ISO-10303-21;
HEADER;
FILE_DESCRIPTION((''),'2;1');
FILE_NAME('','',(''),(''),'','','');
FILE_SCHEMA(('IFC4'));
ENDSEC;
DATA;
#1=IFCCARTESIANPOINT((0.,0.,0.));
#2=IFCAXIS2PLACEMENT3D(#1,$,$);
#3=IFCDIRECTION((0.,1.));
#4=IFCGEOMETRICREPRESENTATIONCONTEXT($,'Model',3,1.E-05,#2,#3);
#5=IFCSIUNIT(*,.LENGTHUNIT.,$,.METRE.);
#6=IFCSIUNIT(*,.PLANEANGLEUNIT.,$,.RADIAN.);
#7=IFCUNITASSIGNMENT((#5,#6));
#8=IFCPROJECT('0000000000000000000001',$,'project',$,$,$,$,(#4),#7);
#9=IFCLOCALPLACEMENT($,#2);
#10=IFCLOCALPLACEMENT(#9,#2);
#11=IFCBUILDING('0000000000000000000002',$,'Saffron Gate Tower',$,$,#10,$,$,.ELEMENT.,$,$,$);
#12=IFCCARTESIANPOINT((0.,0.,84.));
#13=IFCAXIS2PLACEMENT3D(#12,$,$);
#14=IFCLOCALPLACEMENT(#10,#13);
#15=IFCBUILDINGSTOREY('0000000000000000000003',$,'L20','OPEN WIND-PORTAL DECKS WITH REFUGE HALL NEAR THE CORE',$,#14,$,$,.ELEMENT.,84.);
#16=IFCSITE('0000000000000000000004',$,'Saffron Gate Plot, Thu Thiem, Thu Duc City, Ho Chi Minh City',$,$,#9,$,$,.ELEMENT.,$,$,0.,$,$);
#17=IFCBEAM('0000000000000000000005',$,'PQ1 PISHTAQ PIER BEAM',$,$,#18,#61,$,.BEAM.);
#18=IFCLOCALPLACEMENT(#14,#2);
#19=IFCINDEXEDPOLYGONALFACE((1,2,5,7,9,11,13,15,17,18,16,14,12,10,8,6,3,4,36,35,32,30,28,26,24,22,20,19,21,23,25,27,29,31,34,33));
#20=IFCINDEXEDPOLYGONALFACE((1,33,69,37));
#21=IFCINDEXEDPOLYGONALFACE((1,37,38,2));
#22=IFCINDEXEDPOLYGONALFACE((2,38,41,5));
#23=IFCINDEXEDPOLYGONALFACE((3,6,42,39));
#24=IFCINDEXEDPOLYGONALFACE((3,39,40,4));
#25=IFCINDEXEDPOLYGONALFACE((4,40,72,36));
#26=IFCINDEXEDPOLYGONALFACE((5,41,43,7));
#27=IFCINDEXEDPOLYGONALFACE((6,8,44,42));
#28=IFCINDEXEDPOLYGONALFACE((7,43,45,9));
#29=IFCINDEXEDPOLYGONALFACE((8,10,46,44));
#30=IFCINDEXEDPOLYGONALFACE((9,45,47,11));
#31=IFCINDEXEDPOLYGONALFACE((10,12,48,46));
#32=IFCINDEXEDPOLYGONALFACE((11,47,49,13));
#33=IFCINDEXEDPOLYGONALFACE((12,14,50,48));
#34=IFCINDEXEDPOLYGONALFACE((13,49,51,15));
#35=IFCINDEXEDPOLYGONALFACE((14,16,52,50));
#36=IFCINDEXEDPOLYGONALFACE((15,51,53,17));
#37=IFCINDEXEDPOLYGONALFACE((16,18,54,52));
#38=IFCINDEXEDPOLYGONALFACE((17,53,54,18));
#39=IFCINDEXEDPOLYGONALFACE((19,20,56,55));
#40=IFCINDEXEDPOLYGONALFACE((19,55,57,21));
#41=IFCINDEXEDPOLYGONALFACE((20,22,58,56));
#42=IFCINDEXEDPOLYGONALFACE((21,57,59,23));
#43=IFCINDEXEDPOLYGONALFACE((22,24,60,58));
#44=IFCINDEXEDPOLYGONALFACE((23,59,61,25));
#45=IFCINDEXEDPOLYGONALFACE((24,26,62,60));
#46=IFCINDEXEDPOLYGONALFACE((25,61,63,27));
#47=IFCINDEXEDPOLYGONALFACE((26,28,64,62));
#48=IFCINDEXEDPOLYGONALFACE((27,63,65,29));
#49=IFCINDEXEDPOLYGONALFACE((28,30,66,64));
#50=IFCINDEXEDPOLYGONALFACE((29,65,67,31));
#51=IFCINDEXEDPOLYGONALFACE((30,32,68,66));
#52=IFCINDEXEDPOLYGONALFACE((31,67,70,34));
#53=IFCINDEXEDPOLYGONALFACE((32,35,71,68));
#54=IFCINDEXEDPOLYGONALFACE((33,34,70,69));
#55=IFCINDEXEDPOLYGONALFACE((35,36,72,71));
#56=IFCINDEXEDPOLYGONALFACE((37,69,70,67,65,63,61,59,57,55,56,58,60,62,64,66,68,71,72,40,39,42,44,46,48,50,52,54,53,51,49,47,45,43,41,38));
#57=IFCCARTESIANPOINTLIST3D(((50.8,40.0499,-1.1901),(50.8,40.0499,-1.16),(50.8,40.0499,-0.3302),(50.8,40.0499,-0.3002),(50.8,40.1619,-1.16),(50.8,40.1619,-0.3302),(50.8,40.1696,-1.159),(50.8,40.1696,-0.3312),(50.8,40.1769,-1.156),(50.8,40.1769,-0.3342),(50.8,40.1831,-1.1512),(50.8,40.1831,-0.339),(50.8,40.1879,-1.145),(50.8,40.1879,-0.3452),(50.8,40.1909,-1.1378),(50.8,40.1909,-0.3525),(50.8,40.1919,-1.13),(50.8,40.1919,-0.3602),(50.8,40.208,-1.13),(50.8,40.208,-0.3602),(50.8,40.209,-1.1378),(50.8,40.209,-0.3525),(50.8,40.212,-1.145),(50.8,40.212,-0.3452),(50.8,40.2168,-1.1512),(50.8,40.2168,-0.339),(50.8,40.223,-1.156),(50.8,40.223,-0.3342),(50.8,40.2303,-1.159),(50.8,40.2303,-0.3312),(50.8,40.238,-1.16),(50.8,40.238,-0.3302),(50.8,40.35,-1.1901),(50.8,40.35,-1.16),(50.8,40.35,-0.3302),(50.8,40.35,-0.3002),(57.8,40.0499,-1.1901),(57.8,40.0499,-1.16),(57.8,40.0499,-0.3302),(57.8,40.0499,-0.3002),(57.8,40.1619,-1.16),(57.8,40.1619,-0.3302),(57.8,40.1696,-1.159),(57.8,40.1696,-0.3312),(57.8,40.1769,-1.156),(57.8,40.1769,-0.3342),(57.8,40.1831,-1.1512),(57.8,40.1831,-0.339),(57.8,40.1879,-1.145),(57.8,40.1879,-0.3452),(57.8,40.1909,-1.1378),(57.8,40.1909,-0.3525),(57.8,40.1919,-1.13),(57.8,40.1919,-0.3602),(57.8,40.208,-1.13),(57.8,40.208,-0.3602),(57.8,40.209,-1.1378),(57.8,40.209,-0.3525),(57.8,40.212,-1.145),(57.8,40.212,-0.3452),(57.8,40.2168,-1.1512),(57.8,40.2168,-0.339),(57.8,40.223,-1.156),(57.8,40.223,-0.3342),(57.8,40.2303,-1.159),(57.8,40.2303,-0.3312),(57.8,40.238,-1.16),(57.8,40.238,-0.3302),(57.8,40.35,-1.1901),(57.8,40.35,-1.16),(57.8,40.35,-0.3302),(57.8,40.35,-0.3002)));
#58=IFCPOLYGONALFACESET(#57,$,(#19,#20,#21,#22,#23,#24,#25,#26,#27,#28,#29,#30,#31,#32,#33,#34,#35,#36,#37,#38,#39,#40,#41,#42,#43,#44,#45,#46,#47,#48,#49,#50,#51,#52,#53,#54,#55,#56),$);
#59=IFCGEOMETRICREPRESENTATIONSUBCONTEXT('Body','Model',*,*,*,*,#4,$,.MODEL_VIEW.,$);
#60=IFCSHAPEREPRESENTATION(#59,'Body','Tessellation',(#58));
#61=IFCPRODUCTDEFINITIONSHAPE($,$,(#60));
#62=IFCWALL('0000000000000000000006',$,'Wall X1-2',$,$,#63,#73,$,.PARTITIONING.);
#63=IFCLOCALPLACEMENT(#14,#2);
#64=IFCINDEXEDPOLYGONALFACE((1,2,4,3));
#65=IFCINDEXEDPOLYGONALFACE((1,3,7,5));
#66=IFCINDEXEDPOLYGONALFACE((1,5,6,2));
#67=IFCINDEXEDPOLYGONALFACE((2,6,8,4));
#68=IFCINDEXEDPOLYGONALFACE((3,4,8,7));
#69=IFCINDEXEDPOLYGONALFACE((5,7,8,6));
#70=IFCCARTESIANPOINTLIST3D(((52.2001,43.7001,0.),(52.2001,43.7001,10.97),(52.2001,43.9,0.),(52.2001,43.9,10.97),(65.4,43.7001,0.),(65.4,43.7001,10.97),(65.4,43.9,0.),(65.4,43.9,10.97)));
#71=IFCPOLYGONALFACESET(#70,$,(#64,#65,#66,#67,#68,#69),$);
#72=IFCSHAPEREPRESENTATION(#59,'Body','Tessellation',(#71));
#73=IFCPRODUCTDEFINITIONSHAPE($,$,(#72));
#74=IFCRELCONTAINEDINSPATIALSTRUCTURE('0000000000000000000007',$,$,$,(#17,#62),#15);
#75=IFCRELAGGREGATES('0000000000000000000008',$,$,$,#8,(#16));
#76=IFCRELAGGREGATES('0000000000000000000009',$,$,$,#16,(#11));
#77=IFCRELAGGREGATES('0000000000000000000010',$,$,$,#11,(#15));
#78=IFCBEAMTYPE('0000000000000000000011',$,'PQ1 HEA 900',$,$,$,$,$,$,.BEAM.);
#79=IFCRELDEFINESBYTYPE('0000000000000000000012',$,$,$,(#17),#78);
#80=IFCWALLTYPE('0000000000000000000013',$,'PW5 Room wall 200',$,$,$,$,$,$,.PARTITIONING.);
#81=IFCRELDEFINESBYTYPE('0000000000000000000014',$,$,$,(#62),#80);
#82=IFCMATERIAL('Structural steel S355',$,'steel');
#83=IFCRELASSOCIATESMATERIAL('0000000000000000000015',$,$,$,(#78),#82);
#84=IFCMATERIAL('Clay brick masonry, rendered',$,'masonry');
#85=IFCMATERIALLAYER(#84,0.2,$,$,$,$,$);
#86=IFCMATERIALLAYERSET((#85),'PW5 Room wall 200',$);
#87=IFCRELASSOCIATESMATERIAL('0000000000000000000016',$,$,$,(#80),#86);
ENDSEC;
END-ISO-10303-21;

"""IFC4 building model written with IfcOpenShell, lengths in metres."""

from ifc_helpers import new_model, si_unit, direction, frame, frame_2d, origin, origin_2d, place, context, subcontext, project, spatial, rectangle, i_section, extrude, material, layer, layer_set, material_profile, profile_set, type_object, element, save


model = new_model("IFC4")

# Units and contexts
model_context = context("Model", 3, precision=1e-05, world=origin(), true_north=direction((0.0, 1.0)))
body_context = subcontext(model_context, "Body", "Model", "MODEL_VIEW")
ifc_project = project(units=[si_unit("LENGTHUNIT", "METRE"), si_unit("PLANEANGLEUNIT", "RADIAN")], contexts=[model_context])

# Site, building, storey
site_placement = place(None, origin())
site = spatial("IfcSite", under=ifc_project, at=site_placement, Name="Saffron Gate Plot, Thu Thiem, Thu Duc City, Ho Chi Minh City", CompositionType="ELEMENT", RefElevation=0.0)
building_placement = place(site_placement, origin())
building = spatial("IfcBuilding", under=site, at=building_placement, Name="Saffron Gate Tower", CompositionType="ELEMENT")
storey_placement = place(building_placement, frame((0.0, 0.0, 84.0)))
storey = spatial("IfcBuildingStorey", under=building, at=storey_placement, Name="L20", Description="OPEN WIND-PORTAL DECKS WITH REFUGE HALL NEAR THE CORE", CompositionType="ELEMENT", Elevation=84.0)

# Shared definitions
ifc_material_1 = material(Name="Structural steel S355", Category="steel")

# Beam
ifc_material_profile_1 = material_profile(ifc_material_1, i_section(OverallWidth=0.3, OverallDepth=0.8899, WebThickness=0.0161, FlangeThickness=0.03, FilletRadius=0.03, at=origin_2d()))
ifc_profile_set_1 = profile_set([ifc_material_profile_1], Name="Structural steel S355")
beam_type_1 = type_object("IfcBeamType", Name="PQ1 HEA 900", PredefinedType="BEAM", material=ifc_profile_set_1)
beam_1_placement = place(storey_placement, frame((50.8, 40.2, -0.7451), z_axis=(1.0, 0.0, 0.0), x_axis=(0.0, 1.0, 0.0)))
element("IfcBeam", 1, at=beam_1_placement, inside=storey, type_object=beam_type_1, Name="PQ1 PISHTAQ PIER BEAM", PredefinedType="BEAM", context=body_context, shape_type="SweptSolid", body=[
    extrude(i_section(OverallWidth=0.3, OverallDepth=0.8899, WebThickness=0.0161, FlangeThickness=0.03, FilletRadius=0.03, at=origin_2d()), origin(), (0.0, 0.0, 1.0), 7.0),
])

# Wall
ifc_material_2 = material(Name="Clay brick masonry, rendered", Category="masonry")
ifc_layer = layer(ifc_material_2, 0.2)
ifc_layer_set = layer_set([ifc_layer], Name="PW5 Room wall 200")
wall_type = type_object("IfcWallType", Name="PW5 Room wall 200", PredefinedType="PARTITIONING", material=ifc_layer_set)
wall_placement = place(storey_placement, frame((52.2, 43.8, 0.0), z_axis=(0.0, 0.0, 1.0), x_axis=(1.0, 0.0, 0.0)))
element("IfcWall", 2, at=wall_placement, inside=storey, type_object=wall_type, Name="Wall X1-2", PredefinedType="PARTITIONING", context=body_context, shape_type="SweptSolid", body=[
    extrude(rectangle(XDim=13.2, YDim=0.2, at=frame_2d((6.6001, 0.0))), origin(), (0.0, 0.0, 1.0), 10.97),
])

save(model, "model.ifc")
